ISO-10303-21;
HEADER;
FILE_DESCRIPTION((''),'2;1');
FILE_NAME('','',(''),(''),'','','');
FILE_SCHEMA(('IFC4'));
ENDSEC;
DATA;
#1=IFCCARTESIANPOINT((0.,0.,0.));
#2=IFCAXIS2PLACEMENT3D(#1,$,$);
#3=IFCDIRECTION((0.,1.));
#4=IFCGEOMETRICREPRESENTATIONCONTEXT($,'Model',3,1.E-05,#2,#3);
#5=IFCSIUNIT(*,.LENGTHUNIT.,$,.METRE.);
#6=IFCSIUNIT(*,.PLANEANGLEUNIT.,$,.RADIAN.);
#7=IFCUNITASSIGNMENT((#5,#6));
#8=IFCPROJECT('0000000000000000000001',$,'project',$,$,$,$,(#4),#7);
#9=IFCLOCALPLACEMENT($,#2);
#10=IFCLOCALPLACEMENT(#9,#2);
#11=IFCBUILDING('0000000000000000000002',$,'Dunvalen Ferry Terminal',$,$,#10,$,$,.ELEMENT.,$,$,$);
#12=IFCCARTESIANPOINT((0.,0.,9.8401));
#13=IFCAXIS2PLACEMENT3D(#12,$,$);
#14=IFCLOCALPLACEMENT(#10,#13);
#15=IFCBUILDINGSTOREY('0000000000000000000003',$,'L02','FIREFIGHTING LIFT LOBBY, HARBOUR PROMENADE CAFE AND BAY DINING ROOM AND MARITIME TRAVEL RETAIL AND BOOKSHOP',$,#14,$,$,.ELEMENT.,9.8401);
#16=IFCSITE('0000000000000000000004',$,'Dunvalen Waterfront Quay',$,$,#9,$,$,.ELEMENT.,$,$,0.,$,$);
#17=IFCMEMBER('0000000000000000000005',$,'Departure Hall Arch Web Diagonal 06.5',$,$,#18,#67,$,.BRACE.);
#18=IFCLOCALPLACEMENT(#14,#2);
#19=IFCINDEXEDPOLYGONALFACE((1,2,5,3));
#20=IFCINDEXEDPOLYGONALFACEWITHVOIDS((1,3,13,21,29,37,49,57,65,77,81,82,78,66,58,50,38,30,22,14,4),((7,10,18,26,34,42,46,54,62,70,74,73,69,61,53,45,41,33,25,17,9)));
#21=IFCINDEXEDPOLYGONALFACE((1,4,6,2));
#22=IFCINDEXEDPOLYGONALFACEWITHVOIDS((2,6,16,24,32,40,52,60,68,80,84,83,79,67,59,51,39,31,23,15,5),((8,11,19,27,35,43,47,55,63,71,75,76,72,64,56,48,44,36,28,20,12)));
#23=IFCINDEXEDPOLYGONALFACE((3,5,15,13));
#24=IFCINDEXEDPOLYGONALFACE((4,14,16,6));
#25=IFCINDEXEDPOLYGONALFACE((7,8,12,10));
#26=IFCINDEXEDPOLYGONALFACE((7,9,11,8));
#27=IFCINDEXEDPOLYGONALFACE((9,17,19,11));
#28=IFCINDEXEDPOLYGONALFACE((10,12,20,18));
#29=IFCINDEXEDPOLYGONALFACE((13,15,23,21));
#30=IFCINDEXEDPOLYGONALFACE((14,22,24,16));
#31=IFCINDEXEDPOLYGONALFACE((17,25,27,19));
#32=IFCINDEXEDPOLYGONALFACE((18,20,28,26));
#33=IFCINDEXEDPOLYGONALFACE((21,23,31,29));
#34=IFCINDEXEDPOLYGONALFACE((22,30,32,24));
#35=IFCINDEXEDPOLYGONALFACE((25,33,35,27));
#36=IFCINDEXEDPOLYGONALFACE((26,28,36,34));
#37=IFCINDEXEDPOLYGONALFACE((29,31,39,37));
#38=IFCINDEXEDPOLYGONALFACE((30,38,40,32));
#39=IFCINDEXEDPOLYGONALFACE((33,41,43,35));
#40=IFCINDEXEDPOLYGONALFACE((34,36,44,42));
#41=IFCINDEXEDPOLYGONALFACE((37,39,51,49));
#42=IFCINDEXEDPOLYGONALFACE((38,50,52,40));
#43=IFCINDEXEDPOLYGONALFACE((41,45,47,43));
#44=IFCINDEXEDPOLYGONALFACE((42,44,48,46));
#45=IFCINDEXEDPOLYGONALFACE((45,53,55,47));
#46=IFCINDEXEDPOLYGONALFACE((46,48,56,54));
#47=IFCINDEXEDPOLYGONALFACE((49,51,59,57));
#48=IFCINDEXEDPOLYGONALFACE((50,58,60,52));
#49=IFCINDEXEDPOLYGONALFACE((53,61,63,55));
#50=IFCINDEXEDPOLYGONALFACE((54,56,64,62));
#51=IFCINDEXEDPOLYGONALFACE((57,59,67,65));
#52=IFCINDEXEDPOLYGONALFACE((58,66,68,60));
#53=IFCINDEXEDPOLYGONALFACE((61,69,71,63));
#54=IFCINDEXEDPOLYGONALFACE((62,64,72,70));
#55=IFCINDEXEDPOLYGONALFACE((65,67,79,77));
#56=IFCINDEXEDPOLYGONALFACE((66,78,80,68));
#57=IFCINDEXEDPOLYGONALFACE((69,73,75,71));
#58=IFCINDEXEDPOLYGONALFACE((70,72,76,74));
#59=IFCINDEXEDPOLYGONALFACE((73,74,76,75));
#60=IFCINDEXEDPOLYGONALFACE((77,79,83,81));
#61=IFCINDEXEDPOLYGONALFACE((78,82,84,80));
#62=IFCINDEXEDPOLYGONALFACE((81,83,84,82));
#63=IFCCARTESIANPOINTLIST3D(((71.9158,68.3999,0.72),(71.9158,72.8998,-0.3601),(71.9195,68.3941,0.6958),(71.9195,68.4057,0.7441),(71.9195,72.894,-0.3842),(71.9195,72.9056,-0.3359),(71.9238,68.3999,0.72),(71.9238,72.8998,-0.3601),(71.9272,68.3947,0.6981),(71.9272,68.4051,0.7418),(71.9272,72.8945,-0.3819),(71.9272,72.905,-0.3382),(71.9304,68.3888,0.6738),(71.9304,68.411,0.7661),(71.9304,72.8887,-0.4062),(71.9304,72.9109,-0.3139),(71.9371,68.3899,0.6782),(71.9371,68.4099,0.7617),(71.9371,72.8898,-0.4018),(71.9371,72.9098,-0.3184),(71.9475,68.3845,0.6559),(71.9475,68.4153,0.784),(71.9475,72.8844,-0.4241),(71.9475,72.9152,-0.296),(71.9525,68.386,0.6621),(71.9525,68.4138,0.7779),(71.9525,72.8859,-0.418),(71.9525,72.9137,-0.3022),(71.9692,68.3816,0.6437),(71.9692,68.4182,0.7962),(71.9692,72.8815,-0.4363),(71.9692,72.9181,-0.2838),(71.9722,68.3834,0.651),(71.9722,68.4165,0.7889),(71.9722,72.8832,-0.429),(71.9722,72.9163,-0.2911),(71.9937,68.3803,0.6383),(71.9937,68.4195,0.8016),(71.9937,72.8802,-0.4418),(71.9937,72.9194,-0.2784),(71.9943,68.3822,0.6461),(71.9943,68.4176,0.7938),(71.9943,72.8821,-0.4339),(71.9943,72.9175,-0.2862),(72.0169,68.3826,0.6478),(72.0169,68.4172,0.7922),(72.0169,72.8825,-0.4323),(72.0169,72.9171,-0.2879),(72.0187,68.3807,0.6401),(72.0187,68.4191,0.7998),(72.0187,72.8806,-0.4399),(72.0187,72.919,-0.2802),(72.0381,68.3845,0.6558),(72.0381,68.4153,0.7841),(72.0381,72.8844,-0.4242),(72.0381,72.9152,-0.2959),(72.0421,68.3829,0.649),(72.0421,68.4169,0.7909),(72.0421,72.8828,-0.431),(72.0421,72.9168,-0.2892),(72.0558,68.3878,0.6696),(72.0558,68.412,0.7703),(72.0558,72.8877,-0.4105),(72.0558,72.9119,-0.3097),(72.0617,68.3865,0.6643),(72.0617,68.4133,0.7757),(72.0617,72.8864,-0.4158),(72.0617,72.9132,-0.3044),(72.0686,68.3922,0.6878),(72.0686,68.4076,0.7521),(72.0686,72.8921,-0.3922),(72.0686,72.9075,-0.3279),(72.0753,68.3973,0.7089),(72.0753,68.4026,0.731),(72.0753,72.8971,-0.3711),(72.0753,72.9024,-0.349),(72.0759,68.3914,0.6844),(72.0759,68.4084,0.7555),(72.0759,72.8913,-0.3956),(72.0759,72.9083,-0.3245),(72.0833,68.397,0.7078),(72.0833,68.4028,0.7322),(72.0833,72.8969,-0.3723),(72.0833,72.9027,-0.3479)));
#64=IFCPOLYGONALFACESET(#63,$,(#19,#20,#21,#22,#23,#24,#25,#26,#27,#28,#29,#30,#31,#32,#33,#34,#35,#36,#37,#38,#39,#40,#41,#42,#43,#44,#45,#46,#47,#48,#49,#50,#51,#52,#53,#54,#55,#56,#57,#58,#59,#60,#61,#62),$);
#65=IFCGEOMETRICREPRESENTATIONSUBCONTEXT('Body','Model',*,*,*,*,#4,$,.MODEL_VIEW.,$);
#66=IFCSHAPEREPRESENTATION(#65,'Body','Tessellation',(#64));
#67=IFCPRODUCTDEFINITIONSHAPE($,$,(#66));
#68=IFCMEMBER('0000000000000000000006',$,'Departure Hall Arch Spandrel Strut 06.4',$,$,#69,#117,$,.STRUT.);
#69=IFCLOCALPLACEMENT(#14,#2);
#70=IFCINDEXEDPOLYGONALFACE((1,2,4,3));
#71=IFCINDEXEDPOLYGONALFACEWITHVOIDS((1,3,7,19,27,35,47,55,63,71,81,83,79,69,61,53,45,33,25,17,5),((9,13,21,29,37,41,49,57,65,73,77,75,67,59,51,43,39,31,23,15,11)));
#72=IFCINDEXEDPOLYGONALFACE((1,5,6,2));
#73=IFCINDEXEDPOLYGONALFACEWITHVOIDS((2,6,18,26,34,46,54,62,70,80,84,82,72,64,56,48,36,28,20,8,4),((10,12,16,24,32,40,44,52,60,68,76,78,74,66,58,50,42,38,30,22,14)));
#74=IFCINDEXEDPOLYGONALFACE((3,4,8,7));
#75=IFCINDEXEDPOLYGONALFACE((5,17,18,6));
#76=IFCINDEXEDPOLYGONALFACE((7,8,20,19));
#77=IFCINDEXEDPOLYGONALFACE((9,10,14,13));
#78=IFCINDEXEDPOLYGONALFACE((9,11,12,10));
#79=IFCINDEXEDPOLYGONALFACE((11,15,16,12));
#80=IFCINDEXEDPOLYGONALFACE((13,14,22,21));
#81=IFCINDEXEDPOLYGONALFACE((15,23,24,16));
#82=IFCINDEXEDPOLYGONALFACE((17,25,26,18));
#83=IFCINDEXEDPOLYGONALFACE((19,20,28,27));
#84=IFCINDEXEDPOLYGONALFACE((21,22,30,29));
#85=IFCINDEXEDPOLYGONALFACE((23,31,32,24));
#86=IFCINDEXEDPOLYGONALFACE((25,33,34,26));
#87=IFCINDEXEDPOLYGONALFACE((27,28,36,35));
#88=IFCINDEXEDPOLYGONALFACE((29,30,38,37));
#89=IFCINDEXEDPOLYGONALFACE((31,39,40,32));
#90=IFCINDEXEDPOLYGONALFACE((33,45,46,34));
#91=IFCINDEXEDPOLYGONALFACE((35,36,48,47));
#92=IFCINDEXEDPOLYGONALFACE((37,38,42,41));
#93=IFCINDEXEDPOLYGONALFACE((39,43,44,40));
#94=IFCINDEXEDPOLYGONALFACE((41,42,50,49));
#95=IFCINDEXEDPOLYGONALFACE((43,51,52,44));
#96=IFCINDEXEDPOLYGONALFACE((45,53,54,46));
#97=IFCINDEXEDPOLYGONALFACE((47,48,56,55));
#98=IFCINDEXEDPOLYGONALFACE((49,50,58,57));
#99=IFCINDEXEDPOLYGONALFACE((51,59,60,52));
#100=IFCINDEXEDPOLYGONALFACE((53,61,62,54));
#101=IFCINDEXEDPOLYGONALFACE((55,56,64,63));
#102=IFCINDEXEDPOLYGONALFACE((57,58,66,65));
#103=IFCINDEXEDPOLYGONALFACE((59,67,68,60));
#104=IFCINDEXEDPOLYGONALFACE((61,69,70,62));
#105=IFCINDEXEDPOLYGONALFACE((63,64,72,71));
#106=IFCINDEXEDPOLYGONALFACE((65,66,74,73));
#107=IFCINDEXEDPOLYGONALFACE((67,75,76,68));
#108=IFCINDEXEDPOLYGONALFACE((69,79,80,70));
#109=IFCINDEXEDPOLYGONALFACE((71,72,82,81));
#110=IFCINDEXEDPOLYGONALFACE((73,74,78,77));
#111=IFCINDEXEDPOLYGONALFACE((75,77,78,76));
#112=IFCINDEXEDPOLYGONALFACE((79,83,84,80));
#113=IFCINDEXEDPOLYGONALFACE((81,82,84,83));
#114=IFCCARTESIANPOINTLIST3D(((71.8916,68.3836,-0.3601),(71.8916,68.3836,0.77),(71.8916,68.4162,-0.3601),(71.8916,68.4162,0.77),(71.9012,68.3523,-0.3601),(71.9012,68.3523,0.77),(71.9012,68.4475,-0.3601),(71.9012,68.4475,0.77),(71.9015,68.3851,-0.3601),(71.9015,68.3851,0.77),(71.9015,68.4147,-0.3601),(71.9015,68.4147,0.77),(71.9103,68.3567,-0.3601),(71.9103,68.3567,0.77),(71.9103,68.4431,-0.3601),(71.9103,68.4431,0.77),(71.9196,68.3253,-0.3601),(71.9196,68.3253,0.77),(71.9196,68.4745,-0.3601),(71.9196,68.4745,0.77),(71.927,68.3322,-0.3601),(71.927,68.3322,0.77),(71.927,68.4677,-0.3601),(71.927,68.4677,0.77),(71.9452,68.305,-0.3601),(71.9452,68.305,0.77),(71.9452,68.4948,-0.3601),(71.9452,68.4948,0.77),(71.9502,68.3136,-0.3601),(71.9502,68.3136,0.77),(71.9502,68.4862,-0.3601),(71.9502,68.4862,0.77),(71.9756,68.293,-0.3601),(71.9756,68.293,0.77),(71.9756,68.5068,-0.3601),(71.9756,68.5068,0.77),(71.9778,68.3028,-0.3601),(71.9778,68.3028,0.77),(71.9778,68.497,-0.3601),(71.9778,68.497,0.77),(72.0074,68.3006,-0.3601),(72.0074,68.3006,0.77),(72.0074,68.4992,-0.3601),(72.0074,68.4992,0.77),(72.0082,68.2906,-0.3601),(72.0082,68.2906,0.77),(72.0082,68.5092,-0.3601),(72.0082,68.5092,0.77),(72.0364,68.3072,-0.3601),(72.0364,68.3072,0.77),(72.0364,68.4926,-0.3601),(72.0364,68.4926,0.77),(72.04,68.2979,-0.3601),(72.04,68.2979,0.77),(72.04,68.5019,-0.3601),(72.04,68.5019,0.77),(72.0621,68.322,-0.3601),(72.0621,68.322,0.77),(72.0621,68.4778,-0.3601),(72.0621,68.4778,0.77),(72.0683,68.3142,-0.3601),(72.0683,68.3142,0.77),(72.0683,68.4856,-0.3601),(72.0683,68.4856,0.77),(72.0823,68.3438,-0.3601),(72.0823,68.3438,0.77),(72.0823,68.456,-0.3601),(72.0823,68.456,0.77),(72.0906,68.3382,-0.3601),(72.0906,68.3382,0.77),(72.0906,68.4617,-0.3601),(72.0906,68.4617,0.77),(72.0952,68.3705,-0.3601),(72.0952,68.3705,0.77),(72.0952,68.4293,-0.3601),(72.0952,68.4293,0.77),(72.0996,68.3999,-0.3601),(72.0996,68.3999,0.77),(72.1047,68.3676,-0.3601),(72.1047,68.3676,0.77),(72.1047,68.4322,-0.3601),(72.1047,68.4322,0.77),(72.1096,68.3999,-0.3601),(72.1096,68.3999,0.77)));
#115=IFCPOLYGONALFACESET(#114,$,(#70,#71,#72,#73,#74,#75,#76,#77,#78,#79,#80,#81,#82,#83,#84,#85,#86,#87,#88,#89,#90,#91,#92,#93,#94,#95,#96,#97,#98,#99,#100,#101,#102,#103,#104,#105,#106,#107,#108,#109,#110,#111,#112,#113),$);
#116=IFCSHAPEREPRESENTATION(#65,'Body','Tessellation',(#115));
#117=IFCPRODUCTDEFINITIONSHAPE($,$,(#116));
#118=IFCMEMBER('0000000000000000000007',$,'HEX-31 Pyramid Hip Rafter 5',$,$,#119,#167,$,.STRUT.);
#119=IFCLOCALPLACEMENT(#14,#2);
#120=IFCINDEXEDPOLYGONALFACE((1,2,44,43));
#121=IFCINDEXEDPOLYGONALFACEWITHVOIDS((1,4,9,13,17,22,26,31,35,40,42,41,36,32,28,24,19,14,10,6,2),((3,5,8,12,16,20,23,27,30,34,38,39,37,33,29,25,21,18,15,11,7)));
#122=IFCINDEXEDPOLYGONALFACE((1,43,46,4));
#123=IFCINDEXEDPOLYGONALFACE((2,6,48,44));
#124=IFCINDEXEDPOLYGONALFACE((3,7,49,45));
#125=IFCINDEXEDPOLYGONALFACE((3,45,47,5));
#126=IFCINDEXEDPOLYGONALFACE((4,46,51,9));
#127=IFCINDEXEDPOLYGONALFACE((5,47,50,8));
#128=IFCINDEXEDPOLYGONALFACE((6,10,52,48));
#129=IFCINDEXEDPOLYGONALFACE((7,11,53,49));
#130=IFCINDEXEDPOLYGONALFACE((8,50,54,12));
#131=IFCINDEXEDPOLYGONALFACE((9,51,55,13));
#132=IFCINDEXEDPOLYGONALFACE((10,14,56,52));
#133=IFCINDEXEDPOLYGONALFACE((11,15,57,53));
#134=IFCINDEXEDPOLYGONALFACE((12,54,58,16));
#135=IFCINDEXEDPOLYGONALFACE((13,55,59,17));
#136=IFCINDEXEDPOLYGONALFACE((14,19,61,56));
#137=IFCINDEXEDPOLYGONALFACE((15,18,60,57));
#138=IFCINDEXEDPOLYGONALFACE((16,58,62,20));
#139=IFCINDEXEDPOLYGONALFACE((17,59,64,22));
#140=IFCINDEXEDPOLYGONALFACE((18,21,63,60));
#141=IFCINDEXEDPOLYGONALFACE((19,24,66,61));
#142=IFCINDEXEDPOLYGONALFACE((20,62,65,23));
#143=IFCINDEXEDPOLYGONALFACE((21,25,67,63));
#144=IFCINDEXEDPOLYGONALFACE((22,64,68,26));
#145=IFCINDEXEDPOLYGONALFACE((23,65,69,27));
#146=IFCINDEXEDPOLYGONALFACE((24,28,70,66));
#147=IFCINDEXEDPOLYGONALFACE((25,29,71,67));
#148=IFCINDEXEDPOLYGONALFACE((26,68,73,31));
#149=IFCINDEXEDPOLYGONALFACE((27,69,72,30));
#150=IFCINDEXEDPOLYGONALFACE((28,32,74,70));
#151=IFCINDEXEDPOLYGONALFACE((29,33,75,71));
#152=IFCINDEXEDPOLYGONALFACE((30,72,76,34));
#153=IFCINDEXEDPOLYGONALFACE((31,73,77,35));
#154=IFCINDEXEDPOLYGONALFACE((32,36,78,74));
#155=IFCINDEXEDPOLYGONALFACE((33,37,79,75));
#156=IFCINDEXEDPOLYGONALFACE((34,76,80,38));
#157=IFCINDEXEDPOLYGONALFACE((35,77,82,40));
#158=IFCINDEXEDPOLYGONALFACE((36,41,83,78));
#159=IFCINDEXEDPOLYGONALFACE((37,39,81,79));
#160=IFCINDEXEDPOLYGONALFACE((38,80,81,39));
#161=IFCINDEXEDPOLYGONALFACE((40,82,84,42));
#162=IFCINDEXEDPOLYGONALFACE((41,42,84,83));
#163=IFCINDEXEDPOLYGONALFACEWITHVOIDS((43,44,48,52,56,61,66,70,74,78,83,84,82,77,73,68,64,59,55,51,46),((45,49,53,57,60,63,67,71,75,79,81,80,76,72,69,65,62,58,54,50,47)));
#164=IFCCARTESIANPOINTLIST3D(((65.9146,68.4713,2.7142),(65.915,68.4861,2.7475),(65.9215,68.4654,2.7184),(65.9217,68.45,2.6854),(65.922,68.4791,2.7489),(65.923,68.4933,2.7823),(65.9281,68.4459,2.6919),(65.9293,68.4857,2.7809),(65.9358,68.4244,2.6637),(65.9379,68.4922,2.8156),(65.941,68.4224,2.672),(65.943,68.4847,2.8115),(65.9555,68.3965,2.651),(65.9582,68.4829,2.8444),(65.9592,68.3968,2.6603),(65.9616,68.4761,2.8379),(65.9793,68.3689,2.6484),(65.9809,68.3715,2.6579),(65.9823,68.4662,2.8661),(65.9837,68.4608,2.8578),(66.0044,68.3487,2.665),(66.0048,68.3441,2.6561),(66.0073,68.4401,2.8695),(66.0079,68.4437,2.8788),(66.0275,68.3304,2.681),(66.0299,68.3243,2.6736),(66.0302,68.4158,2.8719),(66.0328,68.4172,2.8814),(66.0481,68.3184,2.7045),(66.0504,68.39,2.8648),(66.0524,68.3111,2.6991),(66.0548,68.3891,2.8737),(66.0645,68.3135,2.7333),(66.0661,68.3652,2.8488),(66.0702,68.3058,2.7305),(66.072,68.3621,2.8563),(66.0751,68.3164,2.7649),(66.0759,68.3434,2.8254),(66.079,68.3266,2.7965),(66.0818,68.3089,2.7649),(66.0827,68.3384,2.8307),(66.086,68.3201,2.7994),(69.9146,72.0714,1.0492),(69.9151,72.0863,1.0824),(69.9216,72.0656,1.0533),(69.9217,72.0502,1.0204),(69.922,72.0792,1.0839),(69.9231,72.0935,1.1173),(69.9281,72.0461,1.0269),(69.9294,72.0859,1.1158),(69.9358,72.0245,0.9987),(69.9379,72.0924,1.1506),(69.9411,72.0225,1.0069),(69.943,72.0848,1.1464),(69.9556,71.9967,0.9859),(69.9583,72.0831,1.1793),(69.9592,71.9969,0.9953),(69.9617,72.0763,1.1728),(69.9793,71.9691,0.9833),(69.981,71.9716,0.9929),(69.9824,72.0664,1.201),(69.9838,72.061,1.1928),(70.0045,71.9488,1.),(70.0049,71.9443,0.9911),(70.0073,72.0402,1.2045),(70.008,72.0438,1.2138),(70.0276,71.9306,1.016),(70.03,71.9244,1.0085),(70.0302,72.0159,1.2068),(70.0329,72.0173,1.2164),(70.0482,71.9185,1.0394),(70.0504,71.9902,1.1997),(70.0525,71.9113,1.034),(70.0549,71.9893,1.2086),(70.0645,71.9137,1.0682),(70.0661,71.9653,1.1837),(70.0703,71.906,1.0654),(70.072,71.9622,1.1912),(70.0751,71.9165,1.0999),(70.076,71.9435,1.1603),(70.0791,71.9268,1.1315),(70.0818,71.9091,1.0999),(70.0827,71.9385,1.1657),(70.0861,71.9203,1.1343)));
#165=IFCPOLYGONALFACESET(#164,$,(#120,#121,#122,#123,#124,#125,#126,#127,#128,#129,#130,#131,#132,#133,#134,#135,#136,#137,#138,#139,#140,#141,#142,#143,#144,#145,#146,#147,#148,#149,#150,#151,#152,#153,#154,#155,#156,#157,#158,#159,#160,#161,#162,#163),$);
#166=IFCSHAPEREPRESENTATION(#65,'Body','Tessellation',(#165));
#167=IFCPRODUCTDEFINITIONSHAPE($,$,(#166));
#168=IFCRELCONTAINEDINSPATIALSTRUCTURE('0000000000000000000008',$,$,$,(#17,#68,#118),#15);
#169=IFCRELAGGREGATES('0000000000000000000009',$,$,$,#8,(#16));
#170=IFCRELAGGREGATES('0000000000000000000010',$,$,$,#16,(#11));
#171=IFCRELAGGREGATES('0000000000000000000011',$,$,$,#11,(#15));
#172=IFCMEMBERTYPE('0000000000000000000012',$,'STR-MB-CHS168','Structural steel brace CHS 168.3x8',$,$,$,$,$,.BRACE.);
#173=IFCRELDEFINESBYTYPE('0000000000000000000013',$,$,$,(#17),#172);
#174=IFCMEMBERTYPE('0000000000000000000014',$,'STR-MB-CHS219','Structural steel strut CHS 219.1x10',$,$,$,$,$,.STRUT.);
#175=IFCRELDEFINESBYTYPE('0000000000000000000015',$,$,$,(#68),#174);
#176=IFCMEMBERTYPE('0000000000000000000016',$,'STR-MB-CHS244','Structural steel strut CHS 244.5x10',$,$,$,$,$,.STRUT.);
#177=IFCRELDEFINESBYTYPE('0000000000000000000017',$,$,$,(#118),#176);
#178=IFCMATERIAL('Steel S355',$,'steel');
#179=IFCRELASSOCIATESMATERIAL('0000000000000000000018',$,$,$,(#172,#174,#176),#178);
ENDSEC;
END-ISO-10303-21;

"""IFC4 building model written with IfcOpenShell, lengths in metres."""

from ifc_helpers import new_model, si_unit, direction, frame, origin, origin_2d, place, context, subcontext, project, spatial, hollow_circle, extrude, material, material_profile, profile_set, type_object, element, save


model = new_model("IFC4")

# Units and contexts
model_context = context("Model", 3, precision=1e-05, world=origin(), true_north=direction((0.0, 1.0)))
body_context = subcontext(model_context, "Body", "Model", "MODEL_VIEW")
ifc_project = project(units=[si_unit("LENGTHUNIT", "METRE"), si_unit("PLANEANGLEUNIT", "RADIAN")], contexts=[model_context])

# Site, building, storey
site_placement = place(None, origin())
site = spatial("IfcSite", under=ifc_project, at=site_placement, Name="Dunvalen Waterfront Quay", CompositionType="ELEMENT", RefElevation=0.0)
building_placement = place(site_placement, origin())
building = spatial("IfcBuilding", under=site, at=building_placement, Name="Dunvalen Ferry Terminal", CompositionType="ELEMENT")
storey_placement = place(building_placement, frame((0.0, 0.0, 9.8401)))
storey = spatial("IfcBuildingStorey", under=building, at=storey_placement, Name="L02", Description="FIREFIGHTING LIFT LOBBY, HARBOUR PROMENADE CAFE AND BAY DINING ROOM AND MARITIME TRAVEL RETAIL AND BOOKSHOP", CompositionType="ELEMENT", Elevation=9.8401)

# Shared definitions
ifc_material_1 = material(Name="Steel S355", Category="steel")

# Members
ifc_material_profile_1 = material_profile(ifc_material_1, hollow_circle(Radius=0.0842, WallThickness=0.0081, at=origin_2d()), Name="Steel S355")
ifc_profile_set_1 = profile_set([ifc_material_profile_1], Name="Steel S355")
member_type_1 = type_object("IfcMemberType", Name="STR-MB-CHS168", Description="Structural steel brace CHS 168.3x8", PredefinedType="BRACE", material=ifc_profile_set_1)
member_1_placement = place(storey_placement, frame((72.0, 68.3999, 0.72), z_axis=(0.0, 0.972383, -0.233389), x_axis=(-1.0, 0.0, 0.0)))
element("IfcMember", 1, at=member_1_placement, inside=storey, type_object=member_type_1, Name="Departure Hall Arch Web Diagonal 06.5", PredefinedType="BRACE", context=body_context, shape_type="SweptSolid", body=[
    extrude(hollow_circle(Radius=0.0842, WallThickness=0.0081, at=origin_2d()), origin(), (0.0, 0.0, 1.0), 4.6277),
])
ifc_material_profile_2 = material_profile(ifc_material_1, hollow_circle(Radius=0.1096, WallThickness=0.01, at=origin_2d()), Name="Steel S355")
ifc_profile_set_2 = profile_set([ifc_material_profile_2], Name="Steel S355")
member_type_2 = type_object("IfcMemberType", Name="STR-MB-CHS219", Description="Structural steel strut CHS 219.1x10", PredefinedType="STRUT", material=ifc_profile_set_2)
member_2_placement = place(storey_placement, frame((72.0, 68.3999, -0.3601), z_axis=(0.0, 0.0, 1.0), x_axis=(1.0, 0.0, 0.0)))
element("IfcMember", 2, at=member_2_placement, inside=storey, type_object=member_type_2, Name="Departure Hall Arch Spandrel Strut 06.4", PredefinedType="STRUT", context=body_context, shape_type="SweptSolid", body=[
    extrude(hollow_circle(Radius=0.1096, WallThickness=0.01, at=origin_2d()), origin(), (0.0, 0.0, 1.0), 1.1301),
])
ifc_material_profile_3 = material_profile(ifc_material_1, hollow_circle(Radius=0.1223, WallThickness=0.01, at=origin_2d()), Name="Steel S355")
ifc_profile_set_3 = profile_set([ifc_material_profile_3], Name="Steel S355")
member_type_3 = type_object("IfcMemberType", Name="STR-MB-CHS244", Description="Structural steel strut CHS 244.5x10", PredefinedType="STRUT", material=ifc_profile_set_3)
member_3_placement = place(storey_placement, frame((70.0, 72.0, 1.0999), z_axis=(-0.710075, -0.639085, 0.295576), x_axis=(0.668975, -0.743285, 0.0)))
element("IfcMember", 3, at=member_3_placement, inside=storey, type_object=member_type_3, Name="HEX-31 Pyramid Hip Rafter 5", PredefinedType="STRUT", context=body_context, shape_type="SweptSolid", body=[
    extrude(hollow_circle(Radius=0.1223, WallThickness=0.01, at=origin_2d()), origin(), (0.0, 0.0, 1.0), 5.6333),
])

save(model, "model.ifc")
